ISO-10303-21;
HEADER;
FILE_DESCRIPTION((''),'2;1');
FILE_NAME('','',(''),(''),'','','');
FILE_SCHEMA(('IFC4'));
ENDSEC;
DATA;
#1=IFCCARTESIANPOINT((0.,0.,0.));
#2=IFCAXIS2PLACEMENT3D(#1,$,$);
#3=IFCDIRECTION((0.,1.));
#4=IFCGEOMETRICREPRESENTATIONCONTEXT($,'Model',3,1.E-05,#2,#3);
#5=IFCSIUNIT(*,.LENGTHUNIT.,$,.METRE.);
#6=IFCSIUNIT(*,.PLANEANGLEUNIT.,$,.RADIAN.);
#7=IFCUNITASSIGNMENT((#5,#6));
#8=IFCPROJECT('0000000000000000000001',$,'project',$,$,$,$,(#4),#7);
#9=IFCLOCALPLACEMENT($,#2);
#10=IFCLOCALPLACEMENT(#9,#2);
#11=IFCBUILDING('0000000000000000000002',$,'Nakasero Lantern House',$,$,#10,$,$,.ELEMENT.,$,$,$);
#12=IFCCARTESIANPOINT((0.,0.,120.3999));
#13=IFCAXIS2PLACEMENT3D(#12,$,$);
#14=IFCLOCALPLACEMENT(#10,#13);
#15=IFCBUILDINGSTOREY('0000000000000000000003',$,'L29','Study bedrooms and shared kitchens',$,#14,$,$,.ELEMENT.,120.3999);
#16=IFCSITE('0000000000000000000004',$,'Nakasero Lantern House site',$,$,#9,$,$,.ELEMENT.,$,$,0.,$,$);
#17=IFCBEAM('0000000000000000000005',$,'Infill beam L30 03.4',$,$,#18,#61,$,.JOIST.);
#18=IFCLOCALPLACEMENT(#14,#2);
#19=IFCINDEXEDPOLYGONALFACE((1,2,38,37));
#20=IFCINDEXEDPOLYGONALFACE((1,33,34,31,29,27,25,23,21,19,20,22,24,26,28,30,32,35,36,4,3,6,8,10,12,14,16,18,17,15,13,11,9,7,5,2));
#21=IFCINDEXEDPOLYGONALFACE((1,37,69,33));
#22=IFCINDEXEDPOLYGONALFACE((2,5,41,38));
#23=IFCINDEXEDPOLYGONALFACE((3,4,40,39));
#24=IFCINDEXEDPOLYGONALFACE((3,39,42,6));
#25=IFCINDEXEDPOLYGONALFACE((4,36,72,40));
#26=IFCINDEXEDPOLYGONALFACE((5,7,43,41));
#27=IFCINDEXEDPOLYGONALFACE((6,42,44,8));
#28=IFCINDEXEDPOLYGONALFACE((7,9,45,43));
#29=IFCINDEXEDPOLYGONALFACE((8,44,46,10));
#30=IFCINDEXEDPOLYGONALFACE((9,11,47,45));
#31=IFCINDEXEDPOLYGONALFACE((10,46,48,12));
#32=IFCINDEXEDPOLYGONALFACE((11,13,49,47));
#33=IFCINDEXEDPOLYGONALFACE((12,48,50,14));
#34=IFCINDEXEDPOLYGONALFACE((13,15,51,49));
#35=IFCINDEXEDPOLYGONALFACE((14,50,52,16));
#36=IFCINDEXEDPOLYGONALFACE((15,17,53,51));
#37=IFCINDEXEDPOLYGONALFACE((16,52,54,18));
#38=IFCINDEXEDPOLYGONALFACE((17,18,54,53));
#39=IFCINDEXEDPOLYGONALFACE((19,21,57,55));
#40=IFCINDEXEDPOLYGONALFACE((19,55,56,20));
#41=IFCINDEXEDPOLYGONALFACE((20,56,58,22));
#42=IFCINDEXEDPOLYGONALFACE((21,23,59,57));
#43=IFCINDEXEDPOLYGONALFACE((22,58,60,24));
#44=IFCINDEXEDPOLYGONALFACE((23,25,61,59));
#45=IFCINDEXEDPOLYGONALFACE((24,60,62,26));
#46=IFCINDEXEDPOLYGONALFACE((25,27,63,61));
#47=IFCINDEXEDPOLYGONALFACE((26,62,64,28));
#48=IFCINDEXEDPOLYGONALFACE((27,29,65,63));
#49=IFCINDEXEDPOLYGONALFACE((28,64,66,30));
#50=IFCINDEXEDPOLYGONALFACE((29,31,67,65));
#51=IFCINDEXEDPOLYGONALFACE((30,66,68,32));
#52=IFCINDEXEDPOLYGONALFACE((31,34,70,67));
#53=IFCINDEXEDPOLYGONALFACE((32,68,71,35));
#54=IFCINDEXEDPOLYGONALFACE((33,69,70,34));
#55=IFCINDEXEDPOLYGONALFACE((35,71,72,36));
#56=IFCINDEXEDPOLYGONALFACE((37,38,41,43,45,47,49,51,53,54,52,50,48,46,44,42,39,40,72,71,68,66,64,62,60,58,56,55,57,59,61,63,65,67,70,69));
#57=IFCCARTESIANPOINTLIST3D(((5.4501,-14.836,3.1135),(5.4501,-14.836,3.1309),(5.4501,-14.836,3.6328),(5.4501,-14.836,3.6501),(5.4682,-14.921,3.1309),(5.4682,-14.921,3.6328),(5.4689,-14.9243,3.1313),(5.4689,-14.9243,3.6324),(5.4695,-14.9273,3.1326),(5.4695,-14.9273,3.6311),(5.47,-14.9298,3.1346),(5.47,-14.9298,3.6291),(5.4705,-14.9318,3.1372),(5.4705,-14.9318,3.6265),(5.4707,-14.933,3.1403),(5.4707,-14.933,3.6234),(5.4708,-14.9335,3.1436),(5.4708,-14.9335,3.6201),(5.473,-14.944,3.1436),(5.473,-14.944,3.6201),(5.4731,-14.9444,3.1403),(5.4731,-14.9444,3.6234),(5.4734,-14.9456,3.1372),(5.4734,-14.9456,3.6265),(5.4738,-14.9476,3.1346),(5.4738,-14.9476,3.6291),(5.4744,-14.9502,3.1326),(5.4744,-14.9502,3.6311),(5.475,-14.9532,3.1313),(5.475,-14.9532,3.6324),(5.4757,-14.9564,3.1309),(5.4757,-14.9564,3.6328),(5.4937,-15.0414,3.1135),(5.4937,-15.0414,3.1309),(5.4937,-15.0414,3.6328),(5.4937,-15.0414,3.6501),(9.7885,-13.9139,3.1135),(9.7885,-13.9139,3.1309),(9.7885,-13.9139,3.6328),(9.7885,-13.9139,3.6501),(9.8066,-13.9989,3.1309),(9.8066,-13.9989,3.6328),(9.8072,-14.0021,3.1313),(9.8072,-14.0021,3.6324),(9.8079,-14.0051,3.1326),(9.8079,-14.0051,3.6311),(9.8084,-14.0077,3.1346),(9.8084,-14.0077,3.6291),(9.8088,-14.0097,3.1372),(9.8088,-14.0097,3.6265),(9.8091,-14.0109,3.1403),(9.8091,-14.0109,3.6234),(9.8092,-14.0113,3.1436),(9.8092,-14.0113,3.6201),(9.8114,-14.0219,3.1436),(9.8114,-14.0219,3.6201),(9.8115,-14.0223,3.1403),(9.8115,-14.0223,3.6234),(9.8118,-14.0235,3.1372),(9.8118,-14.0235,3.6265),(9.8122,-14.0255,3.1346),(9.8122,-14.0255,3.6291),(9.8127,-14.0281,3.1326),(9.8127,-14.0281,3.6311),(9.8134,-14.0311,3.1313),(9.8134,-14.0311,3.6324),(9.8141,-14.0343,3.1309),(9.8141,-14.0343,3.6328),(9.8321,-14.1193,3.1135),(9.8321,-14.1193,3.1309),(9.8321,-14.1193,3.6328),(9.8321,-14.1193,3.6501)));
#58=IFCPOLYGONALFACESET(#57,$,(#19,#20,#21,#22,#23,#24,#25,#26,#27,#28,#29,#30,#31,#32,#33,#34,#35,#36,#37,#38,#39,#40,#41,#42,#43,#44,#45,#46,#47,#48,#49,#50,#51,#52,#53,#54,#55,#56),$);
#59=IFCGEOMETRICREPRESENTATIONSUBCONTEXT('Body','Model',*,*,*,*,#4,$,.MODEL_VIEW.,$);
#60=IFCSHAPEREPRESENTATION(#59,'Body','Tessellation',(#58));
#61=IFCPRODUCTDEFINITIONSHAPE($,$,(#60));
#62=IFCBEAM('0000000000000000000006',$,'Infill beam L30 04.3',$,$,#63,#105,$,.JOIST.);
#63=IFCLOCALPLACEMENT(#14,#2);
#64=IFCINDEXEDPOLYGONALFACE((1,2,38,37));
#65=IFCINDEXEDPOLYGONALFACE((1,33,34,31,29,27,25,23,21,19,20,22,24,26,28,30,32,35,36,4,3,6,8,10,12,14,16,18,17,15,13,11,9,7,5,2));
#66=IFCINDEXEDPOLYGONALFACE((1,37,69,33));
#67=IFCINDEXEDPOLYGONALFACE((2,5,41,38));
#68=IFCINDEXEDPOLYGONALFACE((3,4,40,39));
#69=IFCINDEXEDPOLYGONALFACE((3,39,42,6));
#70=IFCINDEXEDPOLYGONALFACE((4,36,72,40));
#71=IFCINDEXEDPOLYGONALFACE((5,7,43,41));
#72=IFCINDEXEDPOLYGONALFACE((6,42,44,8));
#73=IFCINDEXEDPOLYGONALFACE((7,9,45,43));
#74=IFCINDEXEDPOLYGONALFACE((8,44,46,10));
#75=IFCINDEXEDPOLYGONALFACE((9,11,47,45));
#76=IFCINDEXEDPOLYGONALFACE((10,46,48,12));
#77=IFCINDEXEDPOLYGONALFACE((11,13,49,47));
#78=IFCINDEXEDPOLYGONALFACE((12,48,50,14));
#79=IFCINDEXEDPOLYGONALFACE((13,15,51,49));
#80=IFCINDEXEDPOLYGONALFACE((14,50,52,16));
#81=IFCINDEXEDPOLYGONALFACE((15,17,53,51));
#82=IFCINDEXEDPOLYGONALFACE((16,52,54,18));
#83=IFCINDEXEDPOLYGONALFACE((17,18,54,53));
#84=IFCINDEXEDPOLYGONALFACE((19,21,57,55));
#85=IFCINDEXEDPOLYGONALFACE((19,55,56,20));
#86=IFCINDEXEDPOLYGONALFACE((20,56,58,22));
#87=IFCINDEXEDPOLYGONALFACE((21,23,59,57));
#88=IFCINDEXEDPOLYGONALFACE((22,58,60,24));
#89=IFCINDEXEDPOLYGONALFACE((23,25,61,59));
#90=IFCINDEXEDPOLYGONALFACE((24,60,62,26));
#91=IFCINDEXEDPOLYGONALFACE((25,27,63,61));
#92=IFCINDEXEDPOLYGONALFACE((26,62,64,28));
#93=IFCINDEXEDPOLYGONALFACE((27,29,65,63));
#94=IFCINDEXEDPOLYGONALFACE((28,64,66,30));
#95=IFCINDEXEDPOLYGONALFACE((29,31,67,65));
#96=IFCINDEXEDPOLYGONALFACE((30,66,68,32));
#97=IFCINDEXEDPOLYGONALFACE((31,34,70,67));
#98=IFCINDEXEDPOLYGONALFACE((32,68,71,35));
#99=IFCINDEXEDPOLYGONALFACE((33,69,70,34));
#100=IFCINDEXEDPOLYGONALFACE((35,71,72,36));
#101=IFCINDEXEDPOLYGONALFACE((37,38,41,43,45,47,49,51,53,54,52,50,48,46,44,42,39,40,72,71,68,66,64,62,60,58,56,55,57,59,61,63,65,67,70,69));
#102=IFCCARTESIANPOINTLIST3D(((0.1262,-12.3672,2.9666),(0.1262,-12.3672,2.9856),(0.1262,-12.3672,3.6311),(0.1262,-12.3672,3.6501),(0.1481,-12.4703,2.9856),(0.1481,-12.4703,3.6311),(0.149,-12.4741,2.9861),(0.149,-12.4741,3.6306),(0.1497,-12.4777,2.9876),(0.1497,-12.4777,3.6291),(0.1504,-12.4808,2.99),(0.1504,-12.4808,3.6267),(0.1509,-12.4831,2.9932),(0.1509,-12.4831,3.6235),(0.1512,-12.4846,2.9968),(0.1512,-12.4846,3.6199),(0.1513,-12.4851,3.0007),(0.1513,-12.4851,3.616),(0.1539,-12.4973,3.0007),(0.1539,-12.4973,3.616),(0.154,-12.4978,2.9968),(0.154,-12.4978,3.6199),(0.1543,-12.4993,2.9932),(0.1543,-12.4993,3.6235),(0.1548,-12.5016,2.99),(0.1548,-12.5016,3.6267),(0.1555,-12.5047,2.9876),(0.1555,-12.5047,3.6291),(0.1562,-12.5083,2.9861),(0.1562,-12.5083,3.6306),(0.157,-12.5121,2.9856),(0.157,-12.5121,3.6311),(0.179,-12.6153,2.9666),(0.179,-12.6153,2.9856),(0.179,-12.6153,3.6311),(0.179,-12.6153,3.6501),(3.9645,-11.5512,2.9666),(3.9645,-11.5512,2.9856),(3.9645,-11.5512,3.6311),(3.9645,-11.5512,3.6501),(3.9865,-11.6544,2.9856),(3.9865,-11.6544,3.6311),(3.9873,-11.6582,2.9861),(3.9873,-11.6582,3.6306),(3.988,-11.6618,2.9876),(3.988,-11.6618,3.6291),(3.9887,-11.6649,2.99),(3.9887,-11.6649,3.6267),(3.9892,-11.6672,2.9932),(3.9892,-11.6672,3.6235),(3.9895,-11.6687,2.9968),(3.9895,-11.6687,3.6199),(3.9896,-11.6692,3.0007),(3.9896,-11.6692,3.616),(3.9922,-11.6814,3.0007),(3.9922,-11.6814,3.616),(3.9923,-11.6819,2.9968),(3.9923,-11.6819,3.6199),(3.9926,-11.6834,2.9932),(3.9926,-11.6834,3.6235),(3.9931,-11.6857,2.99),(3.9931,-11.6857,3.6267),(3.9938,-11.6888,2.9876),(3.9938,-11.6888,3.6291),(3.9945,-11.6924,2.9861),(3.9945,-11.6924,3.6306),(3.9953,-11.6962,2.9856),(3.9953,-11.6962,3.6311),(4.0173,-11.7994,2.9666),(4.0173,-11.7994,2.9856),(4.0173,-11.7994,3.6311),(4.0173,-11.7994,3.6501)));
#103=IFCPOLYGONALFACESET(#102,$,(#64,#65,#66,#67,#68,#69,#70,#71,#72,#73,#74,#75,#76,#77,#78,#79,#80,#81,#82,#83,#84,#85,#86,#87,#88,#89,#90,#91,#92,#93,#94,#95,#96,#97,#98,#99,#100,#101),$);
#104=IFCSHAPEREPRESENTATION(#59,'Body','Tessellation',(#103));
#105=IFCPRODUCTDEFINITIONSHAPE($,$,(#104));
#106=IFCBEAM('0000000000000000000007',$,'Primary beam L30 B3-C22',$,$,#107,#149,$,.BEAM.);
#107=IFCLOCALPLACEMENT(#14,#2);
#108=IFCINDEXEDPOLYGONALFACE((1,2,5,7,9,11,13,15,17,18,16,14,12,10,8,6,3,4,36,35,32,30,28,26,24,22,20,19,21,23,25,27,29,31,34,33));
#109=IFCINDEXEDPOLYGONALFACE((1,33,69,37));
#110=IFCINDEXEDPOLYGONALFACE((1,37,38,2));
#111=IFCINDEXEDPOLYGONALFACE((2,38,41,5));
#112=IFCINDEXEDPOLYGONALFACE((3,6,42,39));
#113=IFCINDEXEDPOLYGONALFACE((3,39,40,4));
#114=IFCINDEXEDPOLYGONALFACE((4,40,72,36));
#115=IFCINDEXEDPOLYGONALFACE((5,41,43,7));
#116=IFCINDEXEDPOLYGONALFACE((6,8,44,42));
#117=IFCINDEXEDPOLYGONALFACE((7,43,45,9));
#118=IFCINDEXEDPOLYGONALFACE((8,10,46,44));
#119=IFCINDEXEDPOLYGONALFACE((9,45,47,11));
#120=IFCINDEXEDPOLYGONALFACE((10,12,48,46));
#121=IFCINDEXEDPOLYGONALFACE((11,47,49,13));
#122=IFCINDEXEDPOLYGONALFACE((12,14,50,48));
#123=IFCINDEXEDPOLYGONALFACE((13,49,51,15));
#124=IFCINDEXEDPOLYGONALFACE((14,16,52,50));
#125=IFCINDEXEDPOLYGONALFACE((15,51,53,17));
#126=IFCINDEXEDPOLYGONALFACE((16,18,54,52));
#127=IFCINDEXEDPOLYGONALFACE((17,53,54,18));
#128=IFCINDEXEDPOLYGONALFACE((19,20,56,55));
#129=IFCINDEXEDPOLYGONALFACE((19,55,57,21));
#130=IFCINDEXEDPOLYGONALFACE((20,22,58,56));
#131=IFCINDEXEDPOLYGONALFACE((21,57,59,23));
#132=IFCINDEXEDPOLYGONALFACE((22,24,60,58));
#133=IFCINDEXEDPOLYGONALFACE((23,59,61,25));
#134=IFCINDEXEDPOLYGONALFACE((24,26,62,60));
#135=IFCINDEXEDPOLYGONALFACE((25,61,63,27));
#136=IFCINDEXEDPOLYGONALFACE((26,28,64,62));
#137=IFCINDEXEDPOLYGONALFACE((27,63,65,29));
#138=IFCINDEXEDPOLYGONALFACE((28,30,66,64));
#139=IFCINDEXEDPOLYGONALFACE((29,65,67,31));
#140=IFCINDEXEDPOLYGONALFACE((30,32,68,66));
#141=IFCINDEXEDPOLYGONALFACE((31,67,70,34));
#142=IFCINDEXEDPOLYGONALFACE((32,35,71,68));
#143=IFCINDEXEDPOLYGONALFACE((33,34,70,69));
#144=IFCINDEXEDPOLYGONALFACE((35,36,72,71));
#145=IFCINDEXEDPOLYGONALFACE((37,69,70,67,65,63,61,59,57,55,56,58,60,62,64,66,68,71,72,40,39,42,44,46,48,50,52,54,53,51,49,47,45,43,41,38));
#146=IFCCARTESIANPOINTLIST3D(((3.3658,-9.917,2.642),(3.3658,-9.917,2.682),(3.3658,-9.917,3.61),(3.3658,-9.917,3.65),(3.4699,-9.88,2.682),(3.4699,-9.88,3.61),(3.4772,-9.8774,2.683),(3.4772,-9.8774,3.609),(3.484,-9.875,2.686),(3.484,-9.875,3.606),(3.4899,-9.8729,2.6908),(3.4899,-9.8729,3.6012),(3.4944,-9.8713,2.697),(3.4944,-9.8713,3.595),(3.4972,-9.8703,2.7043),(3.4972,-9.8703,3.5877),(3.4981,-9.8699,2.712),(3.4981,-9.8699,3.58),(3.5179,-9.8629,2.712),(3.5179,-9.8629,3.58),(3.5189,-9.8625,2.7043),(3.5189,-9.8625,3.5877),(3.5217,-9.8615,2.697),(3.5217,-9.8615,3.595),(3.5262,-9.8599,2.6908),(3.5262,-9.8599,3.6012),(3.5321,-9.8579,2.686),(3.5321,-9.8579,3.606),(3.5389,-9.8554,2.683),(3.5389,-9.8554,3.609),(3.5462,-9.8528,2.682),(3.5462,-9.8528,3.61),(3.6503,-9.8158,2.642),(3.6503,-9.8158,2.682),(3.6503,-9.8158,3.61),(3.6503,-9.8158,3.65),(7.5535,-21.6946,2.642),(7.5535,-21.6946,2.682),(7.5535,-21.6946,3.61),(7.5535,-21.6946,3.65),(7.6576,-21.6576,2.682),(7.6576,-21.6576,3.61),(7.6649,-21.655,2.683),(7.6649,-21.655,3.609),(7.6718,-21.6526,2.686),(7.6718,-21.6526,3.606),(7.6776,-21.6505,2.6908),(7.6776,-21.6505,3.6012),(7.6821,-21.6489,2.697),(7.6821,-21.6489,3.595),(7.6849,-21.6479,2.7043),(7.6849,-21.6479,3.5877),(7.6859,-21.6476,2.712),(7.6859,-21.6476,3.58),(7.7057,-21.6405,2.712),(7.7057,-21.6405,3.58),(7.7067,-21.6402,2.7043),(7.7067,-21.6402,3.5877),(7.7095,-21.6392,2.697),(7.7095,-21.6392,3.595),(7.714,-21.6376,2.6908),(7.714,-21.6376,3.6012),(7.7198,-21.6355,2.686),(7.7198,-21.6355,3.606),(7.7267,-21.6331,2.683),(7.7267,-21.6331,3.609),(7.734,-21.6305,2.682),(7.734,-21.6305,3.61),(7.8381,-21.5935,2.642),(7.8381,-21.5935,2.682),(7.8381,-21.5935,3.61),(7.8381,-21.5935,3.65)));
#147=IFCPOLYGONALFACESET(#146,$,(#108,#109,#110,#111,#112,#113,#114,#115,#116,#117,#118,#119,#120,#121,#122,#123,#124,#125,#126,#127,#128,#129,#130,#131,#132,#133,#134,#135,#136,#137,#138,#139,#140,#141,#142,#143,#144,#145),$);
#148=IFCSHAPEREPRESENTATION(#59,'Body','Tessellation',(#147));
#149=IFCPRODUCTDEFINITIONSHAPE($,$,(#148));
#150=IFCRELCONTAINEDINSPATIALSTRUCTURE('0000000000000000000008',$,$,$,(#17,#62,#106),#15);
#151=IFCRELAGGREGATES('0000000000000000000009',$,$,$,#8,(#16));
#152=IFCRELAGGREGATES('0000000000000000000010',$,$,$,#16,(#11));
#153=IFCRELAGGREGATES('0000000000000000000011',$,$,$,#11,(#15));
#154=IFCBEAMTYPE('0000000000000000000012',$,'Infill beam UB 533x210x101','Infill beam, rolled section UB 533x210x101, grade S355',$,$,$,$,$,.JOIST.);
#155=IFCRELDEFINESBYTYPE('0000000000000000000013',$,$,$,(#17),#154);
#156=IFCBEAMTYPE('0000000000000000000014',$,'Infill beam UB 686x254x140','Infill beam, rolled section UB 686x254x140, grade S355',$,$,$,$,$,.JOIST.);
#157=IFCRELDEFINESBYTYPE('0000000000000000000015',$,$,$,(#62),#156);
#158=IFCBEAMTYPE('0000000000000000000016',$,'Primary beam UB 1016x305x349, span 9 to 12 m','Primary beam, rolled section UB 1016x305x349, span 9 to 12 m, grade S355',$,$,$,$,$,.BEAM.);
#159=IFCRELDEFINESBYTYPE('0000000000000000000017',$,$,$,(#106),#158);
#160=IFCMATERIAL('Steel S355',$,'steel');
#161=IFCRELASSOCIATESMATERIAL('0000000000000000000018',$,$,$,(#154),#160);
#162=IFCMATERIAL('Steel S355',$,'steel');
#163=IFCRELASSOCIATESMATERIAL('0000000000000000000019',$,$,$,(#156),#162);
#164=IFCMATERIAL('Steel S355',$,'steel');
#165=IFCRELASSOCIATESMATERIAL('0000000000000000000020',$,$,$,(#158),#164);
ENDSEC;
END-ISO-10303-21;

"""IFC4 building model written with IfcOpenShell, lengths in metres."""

from ifc_helpers import new_model, si_unit, direction, frame, origin, origin_2d, place, context, subcontext, project, spatial, i_section, extrude, material, material_profile, profile_set, type_object, element, save


model = new_model("IFC4")

# Units and contexts
model_context = context("Model", 3, precision=1e-05, world=origin(), true_north=direction((0.0, 1.0)))
body_context = subcontext(model_context, "Body", "Model", "MODEL_VIEW")
ifc_project = project(units=[si_unit("LENGTHUNIT", "METRE"), si_unit("PLANEANGLEUNIT", "RADIAN")], contexts=[model_context])

# Site, building, storey
site_placement = place(None, origin())
site = spatial("IfcSite", under=ifc_project, at=site_placement, Name="Nakasero Lantern House site", CompositionType="ELEMENT", RefElevation=0.0)
building_placement = place(site_placement, origin())
building = spatial("IfcBuilding", under=site, at=building_placement, Name="Nakasero Lantern House", CompositionType="ELEMENT")
storey_placement = place(building_placement, frame((0.0, 0.0, 120.3999)))
storey = spatial("IfcBuildingStorey", under=building, at=storey_placement, Name="L29", Description="Study bedrooms and shared kitchens", CompositionType="ELEMENT", Elevation=120.3999)

# Beams
ifc_material_1 = material(Name="Steel S355", Category="steel")
ifc_material_profile_1 = material_profile(ifc_material_1, i_section(OverallWidth=0.21, OverallDepth=0.5366, WebThickness=0.0107, FlangeThickness=0.0173, FilletRadius=0.0127, at=origin_2d()), Name="UB 533x210x101")
ifc_profile_set_1 = profile_set([ifc_material_profile_1], Name="Steel S355")
beam_type_1 = type_object("IfcBeamType", Name="Infill beam UB 533x210x101", Description="Infill beam, rolled section UB 533x210x101, grade S355", PredefinedType="JOIST", material=ifc_profile_set_1)
beam_1_placement = place(storey_placement, frame((5.4719, -14.9387, 3.3818), z_axis=(0.978149, 0.207905, 0.0), x_axis=(-0.207905, 0.978149, 0.0)))
element("IfcBeam", 1, at=beam_1_placement, inside=storey, type_object=beam_type_1, Name="Infill beam L30 03.4", PredefinedType="JOIST", context=body_context, shape_type="SweptSolid", body=[
    extrude(i_section(OverallWidth=0.21, OverallDepth=0.5366, WebThickness=0.0107, FlangeThickness=0.0173, FilletRadius=0.0127, at=origin_2d()), origin(), (0.0, 0.0, 1.0), 4.4353),
])
ifc_material_2 = material(Name="Steel S355", Category="steel")
ifc_material_profile_2 = material_profile(ifc_material_2, i_section(OverallWidth=0.2537, OverallDepth=0.6836, WebThickness=0.0125, FlangeThickness=0.019, FilletRadius=0.0151, at=origin_2d()), Name="UB 686x254x140")
ifc_profile_set_2 = profile_set([ifc_material_profile_2], Name="Steel S355")
beam_type_2 = type_object("IfcBeamType", Name="Infill beam UB 686x254x140", Description="Infill beam, rolled section UB 686x254x140, grade S355", PredefinedType="JOIST", material=ifc_profile_set_2)
beam_2_placement = place(storey_placement, frame((0.1526, -12.4912, 3.3083), z_axis=(0.978145, 0.207923, 0.0), x_axis=(-0.207923, 0.978145, 0.0)))
element("IfcBeam", 2, at=beam_2_placement, inside=storey, type_object=beam_type_2, Name="Infill beam L30 04.3", PredefinedType="JOIST", context=body_context, shape_type="SweptSolid", body=[
    extrude(i_section(OverallWidth=0.2537, OverallDepth=0.6836, WebThickness=0.0125, FlangeThickness=0.019, FilletRadius=0.0151, at=origin_2d()), origin(), (0.0, 0.0, 1.0), 3.9241),
])
ifc_material_3 = material(Name="Steel S355", Category="steel")
ifc_material_profile_3 = material_profile(ifc_material_3, i_section(OverallWidth=0.302, OverallDepth=1.0081, WebThickness=0.021, FlangeThickness=0.04, FilletRadius=0.03, at=origin_2d()), Name="UB 1016x305x349")
ifc_profile_set_3 = profile_set([ifc_material_profile_3], Name="Steel S355")
beam_type_3 = type_object("IfcBeamType", Name="Primary beam UB 1016x305x349, span 9 to 12 m", Description="Primary beam, rolled section UB 1016x305x349, span 9 to 12 m, grade S355", PredefinedType="BEAM", material=ifc_profile_set_3)
beam_3_placement = place(storey_placement, frame((7.6958, -21.644, 3.146), z_axis=(-0.335021, 0.942211, 0.0), x_axis=(-0.942211, -0.335021, 0.0)))
element("IfcBeam", 3, at=beam_3_placement, inside=storey, type_object=beam_type_3, Name="Primary beam L30 B3-C22", PredefinedType="BEAM", context=body_context, shape_type="SweptSolid", body=[
    extrude(i_section(OverallWidth=0.302, OverallDepth=1.0081, WebThickness=0.021, FlangeThickness=0.04, FilletRadius=0.03, at=origin_2d()), origin(), (0.0, 0.0, 1.0), 12.5),
])

save(model, "model.ifc")
